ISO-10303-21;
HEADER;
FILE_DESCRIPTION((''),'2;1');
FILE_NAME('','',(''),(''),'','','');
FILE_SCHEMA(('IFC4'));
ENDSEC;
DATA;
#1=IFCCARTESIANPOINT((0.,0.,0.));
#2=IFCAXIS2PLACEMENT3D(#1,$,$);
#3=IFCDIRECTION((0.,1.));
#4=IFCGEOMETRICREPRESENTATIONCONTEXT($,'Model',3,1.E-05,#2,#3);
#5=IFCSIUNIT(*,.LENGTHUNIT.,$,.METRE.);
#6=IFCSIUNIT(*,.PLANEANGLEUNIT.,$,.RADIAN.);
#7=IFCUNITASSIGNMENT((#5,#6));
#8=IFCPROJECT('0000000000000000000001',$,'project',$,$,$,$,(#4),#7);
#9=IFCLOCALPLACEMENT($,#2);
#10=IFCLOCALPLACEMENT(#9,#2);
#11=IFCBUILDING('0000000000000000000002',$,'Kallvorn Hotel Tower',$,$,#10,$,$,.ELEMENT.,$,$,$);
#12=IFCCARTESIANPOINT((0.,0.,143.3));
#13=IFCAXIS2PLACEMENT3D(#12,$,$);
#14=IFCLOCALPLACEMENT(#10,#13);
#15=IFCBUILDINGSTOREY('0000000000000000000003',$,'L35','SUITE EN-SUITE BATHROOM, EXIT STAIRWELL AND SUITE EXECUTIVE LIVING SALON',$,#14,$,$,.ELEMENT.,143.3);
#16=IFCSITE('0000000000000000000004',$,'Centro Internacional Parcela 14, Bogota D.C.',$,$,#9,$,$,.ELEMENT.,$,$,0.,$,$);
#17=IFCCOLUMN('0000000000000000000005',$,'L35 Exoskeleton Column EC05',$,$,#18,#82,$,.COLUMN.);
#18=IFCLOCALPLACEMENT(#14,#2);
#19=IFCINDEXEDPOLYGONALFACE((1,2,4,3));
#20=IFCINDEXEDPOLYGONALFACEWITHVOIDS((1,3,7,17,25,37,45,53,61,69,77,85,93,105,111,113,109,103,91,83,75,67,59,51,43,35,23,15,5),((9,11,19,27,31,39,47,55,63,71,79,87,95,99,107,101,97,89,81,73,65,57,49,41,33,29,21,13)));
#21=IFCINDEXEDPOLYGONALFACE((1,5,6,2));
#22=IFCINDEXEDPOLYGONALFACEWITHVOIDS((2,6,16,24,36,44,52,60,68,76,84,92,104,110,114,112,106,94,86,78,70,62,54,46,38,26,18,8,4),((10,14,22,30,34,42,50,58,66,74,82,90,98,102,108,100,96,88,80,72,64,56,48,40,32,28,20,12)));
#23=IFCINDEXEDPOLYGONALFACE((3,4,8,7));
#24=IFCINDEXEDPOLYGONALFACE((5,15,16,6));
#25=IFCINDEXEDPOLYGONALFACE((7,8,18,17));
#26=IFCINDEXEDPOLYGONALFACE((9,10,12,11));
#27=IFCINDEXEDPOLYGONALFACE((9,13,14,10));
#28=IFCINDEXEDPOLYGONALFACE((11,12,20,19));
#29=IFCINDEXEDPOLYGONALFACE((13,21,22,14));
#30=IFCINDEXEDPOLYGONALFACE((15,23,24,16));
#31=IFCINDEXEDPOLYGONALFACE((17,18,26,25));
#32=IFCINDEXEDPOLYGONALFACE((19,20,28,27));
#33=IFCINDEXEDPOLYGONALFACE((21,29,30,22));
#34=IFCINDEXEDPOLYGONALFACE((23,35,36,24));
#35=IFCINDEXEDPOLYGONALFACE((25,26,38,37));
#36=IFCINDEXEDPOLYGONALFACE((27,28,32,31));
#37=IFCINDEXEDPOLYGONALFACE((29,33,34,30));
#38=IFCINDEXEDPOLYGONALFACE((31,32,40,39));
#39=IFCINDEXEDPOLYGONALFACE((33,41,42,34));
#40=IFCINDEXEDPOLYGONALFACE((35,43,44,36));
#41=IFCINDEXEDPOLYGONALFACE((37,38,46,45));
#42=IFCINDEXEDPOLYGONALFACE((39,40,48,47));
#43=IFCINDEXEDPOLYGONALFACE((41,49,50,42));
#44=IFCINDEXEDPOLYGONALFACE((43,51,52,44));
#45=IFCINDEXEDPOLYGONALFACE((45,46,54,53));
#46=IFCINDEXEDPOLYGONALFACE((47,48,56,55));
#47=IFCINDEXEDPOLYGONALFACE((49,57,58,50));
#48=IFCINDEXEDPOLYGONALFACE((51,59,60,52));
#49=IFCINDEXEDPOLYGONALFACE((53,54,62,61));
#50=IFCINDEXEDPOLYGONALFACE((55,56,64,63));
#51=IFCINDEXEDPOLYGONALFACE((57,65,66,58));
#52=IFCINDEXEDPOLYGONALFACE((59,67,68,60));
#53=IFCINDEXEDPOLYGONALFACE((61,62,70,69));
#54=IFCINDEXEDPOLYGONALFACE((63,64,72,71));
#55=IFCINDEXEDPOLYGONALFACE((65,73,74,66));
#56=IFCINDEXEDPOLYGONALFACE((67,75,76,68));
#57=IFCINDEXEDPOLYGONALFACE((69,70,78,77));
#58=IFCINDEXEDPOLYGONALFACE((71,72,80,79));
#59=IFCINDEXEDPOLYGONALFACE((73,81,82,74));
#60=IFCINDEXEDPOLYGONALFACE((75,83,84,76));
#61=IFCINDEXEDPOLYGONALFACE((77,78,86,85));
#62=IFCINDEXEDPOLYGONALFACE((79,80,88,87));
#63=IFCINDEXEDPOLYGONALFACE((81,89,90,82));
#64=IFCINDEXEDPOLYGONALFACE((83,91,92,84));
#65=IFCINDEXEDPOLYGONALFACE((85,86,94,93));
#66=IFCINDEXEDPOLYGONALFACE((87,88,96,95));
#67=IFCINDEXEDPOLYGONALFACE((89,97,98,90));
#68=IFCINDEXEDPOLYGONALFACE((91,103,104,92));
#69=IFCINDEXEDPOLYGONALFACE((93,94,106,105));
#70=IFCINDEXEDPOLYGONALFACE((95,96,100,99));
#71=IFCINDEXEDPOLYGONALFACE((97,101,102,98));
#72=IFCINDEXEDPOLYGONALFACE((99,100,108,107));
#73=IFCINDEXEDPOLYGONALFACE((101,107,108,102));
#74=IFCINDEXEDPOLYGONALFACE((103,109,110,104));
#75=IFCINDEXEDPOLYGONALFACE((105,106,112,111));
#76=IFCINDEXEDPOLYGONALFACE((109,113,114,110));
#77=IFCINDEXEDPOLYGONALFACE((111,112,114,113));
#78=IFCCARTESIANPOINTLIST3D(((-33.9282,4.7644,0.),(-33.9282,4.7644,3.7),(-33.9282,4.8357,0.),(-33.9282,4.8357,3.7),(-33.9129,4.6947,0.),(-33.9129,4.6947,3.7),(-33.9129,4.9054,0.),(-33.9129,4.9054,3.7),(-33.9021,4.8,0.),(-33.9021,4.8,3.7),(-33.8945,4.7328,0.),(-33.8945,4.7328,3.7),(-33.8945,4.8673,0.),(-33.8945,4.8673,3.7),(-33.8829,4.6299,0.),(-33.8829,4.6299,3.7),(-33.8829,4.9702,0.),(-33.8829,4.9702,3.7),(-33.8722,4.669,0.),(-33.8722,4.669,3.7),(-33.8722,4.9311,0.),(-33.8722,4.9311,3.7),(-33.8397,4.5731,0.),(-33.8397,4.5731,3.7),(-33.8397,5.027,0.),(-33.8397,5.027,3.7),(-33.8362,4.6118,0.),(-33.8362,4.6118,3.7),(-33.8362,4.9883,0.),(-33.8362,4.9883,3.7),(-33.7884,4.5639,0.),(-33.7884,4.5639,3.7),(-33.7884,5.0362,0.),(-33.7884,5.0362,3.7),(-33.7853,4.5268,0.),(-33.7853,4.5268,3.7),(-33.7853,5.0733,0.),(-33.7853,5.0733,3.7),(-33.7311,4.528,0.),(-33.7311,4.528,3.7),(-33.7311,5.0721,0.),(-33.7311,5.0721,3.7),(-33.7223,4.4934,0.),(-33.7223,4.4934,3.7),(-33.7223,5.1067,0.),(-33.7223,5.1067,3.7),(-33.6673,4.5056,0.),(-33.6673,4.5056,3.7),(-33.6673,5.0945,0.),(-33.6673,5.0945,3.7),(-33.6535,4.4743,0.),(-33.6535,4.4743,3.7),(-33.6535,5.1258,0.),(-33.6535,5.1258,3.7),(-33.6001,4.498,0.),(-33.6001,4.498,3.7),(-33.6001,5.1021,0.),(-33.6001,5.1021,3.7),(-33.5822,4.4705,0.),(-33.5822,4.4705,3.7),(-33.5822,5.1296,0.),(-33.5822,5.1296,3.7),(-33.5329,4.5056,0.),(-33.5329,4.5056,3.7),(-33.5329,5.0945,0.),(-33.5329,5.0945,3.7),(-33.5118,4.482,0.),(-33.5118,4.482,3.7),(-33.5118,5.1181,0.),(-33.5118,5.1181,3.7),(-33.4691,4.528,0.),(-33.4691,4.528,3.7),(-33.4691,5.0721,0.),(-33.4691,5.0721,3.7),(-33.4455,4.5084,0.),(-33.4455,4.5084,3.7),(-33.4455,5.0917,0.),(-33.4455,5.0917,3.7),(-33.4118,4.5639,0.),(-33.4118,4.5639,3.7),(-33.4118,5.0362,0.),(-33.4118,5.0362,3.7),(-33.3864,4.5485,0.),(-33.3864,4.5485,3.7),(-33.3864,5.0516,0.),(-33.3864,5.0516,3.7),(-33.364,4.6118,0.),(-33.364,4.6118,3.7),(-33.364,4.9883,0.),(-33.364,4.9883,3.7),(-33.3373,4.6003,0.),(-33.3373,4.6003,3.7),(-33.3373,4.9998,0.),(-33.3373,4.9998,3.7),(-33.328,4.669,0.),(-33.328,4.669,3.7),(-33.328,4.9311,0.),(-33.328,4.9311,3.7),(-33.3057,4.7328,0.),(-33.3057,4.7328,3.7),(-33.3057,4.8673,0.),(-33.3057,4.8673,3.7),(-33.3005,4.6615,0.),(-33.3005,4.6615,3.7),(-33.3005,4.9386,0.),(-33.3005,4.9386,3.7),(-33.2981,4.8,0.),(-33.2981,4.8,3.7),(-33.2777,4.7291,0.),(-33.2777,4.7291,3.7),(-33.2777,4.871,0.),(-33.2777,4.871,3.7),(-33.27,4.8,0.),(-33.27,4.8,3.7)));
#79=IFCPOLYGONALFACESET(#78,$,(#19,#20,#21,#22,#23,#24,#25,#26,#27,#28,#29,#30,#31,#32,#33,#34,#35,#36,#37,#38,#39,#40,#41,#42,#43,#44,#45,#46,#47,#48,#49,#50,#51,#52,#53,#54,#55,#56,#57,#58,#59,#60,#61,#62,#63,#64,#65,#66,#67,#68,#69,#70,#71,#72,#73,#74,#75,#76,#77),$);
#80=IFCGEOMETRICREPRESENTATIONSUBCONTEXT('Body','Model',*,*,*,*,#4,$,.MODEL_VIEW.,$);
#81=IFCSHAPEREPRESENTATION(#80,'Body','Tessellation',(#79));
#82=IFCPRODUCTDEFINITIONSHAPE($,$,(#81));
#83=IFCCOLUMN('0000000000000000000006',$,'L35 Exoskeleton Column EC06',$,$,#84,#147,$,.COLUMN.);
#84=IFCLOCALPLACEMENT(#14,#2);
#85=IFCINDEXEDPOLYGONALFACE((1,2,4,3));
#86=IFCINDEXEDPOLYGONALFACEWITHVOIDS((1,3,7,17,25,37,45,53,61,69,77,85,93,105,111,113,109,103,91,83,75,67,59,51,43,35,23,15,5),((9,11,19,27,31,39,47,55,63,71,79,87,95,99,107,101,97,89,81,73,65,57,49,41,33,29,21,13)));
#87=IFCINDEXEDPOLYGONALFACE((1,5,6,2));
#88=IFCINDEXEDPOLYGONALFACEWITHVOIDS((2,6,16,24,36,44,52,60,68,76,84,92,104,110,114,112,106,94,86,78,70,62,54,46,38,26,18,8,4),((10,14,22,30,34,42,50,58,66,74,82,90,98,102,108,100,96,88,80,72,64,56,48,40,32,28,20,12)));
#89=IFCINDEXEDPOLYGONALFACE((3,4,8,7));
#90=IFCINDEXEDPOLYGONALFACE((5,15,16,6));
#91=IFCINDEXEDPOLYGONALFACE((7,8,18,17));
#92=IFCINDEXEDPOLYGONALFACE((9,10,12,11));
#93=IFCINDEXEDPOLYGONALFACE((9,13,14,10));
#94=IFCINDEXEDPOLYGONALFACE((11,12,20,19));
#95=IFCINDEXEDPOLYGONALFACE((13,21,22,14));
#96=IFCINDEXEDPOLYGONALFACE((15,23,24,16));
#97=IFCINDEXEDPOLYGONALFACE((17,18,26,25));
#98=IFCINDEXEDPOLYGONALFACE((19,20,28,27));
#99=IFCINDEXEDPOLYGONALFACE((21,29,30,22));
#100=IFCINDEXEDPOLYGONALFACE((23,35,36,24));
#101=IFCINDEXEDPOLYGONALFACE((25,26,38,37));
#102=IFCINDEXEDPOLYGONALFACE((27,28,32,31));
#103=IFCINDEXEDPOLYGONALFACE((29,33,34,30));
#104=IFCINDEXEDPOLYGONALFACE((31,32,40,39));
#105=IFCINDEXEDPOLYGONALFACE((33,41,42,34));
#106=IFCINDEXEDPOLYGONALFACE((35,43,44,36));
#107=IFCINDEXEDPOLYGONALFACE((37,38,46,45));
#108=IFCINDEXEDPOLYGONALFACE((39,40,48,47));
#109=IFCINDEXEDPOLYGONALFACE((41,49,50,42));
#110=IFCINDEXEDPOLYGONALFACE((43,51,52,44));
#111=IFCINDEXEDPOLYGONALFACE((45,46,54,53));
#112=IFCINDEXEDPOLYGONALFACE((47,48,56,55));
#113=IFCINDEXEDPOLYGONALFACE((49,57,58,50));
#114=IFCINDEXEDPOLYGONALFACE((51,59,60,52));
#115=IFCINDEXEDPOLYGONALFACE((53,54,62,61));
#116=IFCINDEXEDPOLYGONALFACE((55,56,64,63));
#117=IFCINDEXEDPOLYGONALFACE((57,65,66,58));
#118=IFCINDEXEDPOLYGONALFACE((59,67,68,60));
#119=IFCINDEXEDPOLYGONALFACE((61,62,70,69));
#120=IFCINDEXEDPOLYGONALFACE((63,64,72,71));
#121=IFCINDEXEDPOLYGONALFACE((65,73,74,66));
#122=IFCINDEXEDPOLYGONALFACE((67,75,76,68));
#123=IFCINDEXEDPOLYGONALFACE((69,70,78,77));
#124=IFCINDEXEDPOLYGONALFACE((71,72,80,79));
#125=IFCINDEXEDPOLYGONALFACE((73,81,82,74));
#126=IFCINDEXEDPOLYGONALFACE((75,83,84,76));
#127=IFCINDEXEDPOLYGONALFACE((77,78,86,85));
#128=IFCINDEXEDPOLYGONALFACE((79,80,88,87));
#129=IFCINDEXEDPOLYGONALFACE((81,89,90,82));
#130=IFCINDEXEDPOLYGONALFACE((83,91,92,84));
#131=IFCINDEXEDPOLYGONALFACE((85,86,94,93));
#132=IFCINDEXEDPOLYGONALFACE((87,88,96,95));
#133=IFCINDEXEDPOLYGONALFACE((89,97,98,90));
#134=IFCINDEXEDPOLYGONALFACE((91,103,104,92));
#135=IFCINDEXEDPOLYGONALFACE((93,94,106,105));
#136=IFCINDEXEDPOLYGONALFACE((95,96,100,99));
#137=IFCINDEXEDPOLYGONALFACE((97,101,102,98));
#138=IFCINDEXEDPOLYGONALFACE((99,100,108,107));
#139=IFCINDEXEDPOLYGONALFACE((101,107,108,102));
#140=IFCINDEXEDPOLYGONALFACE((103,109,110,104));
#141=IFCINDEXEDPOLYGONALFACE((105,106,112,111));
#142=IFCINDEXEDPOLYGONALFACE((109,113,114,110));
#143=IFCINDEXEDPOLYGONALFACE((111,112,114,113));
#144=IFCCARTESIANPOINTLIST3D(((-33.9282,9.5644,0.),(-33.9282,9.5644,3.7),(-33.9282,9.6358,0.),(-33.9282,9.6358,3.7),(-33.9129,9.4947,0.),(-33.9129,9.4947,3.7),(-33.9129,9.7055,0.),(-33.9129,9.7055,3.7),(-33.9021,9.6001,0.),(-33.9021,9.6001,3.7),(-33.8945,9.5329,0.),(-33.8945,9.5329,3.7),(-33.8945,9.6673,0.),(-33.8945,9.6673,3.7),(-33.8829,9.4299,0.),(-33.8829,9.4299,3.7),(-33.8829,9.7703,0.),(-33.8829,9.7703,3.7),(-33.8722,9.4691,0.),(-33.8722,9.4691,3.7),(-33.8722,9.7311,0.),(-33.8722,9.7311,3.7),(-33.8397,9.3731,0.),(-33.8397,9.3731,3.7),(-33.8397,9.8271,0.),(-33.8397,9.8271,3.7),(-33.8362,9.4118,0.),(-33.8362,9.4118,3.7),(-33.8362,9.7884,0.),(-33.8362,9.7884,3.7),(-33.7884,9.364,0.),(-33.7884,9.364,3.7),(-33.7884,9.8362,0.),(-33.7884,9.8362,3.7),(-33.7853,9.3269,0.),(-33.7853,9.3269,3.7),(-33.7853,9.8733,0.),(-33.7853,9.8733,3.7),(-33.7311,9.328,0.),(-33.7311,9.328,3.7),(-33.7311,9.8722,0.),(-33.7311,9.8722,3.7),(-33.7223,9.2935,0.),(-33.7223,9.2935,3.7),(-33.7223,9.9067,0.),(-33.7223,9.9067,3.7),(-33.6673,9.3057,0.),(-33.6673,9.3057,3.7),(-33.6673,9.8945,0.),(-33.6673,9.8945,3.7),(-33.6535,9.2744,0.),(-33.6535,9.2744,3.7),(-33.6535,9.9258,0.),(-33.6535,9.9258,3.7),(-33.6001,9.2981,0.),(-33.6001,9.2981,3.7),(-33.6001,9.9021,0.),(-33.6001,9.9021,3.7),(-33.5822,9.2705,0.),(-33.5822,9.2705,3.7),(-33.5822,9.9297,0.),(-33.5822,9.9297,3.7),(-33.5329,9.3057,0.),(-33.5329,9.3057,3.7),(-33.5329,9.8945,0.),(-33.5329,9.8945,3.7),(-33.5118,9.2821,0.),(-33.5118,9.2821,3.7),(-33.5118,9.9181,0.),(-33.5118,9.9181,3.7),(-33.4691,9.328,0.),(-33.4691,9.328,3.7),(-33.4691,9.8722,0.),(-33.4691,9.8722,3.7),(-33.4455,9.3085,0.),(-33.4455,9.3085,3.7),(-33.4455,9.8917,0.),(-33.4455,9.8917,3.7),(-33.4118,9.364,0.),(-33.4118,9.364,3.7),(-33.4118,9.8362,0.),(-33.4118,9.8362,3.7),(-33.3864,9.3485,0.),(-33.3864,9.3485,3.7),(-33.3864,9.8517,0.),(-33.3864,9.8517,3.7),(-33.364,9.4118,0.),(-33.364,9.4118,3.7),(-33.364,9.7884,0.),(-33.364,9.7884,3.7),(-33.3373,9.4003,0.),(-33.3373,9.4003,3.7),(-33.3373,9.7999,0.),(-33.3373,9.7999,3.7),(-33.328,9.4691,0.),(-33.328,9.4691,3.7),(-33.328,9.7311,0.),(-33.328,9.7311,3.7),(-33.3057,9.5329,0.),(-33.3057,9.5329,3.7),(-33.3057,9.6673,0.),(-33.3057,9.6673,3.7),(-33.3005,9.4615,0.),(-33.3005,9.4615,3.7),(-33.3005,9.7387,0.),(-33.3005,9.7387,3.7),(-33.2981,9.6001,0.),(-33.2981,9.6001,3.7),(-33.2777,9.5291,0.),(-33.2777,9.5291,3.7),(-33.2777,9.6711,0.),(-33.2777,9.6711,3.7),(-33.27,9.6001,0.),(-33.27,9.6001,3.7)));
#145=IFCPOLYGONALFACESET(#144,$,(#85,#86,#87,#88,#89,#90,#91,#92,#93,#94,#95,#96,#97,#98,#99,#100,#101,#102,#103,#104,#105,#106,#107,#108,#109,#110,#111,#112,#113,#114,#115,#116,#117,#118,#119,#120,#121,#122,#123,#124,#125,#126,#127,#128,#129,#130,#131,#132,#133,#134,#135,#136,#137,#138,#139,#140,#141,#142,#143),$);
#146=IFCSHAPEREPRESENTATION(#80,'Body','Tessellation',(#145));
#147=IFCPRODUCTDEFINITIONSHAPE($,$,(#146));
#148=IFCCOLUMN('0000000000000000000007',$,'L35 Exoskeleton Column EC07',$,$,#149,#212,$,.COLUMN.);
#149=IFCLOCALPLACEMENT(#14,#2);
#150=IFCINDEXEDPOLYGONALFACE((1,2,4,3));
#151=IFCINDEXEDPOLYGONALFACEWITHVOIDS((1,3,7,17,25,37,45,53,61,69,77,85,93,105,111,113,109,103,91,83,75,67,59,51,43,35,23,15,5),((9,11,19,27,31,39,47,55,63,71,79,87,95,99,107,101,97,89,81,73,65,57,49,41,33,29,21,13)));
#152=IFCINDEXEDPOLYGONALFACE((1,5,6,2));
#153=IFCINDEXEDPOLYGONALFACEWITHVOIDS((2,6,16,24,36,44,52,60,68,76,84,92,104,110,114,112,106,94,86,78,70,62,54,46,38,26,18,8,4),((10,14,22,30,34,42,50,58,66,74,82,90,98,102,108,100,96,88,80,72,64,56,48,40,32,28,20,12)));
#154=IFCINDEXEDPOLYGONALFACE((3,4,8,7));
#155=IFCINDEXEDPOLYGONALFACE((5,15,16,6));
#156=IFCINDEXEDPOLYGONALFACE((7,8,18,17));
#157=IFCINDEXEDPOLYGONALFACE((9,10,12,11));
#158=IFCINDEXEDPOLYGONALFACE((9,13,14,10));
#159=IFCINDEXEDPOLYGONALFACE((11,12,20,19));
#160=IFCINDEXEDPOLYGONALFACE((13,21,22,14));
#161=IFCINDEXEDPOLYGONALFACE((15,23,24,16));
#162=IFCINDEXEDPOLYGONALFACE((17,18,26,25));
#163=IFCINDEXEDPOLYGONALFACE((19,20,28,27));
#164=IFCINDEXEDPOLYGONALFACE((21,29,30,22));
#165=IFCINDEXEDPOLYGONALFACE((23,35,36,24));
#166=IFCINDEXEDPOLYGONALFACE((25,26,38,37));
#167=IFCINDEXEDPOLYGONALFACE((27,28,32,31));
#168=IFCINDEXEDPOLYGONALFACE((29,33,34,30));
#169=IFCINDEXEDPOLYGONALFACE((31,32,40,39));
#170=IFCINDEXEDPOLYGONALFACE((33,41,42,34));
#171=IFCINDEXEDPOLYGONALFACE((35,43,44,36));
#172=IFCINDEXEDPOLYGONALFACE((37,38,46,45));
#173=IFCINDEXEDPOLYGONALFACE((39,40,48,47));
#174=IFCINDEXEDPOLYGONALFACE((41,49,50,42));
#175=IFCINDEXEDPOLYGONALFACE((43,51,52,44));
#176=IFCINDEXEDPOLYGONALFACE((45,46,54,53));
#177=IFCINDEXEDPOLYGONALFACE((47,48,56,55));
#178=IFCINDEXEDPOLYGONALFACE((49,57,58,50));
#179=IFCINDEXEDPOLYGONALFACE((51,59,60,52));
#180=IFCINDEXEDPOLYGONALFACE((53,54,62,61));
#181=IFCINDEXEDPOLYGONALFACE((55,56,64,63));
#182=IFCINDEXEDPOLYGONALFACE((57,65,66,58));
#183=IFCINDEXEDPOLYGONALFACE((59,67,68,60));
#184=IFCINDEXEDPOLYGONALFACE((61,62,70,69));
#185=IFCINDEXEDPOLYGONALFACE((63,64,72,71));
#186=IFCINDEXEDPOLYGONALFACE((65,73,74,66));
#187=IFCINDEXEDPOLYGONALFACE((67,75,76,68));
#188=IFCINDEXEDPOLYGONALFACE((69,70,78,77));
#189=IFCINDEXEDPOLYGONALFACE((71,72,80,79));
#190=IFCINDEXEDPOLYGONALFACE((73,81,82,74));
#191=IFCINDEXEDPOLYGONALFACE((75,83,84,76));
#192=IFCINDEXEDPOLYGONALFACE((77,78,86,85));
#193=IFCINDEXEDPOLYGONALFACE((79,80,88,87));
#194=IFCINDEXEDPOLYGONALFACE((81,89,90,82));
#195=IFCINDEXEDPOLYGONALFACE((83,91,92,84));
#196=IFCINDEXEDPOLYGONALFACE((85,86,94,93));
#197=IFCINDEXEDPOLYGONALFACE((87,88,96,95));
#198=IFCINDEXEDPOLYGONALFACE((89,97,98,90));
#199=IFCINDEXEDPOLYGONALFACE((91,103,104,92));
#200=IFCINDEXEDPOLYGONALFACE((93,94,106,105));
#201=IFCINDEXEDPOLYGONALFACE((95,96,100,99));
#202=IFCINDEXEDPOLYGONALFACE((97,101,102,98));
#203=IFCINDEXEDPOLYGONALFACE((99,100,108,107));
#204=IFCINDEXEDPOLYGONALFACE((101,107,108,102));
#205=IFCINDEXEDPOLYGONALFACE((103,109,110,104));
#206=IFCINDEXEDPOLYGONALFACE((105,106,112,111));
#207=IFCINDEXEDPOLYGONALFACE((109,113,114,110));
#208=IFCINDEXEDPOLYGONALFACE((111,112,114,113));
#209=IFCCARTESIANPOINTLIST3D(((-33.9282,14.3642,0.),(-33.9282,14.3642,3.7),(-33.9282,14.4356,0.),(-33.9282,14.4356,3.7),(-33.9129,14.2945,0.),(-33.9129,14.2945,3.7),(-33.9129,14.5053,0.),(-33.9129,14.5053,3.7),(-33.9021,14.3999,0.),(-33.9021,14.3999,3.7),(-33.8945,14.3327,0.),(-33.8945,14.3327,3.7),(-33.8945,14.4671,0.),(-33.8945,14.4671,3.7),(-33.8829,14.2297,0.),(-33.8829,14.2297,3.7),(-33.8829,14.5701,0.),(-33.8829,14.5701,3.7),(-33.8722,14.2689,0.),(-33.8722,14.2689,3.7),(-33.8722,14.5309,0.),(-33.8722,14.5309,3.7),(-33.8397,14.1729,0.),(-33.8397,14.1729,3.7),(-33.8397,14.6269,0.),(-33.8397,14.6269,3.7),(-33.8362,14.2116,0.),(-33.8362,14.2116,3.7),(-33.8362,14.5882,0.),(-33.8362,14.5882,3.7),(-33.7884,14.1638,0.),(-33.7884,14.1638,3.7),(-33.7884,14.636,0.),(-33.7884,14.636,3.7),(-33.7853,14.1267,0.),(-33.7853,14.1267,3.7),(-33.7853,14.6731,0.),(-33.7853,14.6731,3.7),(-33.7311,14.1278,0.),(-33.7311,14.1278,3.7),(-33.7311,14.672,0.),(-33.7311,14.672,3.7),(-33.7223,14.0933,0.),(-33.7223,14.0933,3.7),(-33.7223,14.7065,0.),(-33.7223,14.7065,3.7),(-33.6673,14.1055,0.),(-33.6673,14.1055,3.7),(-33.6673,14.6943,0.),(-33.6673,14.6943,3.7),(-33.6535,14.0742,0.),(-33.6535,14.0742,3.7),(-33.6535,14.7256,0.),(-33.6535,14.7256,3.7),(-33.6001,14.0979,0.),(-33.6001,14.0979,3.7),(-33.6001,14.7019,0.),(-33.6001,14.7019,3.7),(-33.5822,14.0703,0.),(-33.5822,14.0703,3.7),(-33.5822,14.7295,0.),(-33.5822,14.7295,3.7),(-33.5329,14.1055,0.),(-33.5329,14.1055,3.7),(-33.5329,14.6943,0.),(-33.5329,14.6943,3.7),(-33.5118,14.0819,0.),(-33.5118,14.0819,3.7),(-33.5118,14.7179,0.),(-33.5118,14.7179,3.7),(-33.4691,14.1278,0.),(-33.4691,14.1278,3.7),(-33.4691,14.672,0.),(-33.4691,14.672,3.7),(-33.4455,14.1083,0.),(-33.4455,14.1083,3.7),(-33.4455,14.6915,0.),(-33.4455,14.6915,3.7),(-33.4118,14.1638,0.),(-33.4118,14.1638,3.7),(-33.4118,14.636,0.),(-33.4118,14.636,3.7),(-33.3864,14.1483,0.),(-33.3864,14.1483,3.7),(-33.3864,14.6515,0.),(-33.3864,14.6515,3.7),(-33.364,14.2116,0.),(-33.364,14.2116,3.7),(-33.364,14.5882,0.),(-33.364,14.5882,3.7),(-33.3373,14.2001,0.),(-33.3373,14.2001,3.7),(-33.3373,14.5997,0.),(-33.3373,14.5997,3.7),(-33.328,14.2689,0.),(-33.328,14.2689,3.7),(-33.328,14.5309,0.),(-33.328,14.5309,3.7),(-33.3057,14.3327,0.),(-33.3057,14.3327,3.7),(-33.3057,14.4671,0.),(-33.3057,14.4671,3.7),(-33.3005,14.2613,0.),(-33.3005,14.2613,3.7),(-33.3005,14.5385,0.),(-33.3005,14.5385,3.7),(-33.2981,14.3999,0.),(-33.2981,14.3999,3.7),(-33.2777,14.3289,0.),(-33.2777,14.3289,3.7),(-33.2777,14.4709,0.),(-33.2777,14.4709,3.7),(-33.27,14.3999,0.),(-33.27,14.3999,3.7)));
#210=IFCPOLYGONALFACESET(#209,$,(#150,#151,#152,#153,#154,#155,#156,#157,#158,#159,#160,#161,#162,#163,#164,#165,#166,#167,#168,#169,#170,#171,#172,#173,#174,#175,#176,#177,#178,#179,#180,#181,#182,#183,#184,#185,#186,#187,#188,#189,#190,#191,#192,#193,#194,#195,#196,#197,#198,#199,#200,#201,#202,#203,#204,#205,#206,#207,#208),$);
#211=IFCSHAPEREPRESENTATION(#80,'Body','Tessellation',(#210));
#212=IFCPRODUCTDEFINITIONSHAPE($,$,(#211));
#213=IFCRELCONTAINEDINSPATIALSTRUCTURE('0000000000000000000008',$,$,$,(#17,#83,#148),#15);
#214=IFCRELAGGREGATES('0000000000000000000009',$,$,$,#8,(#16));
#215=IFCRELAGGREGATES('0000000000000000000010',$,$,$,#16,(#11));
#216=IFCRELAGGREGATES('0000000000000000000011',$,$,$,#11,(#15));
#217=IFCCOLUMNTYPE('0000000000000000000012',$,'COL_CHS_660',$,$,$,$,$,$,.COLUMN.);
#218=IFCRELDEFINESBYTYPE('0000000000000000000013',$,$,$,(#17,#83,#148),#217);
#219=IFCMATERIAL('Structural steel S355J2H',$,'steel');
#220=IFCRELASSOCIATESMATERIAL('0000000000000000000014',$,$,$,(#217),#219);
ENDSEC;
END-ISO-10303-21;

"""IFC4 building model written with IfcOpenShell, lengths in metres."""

from ifc_helpers import new_model, si_unit, direction, frame, origin, origin_2d, place, context, subcontext, project, spatial, hollow_circle, extrude, material, material_profile, profile_set, type_object, element, save


model = new_model("IFC4")

# Units and contexts
model_context = context("Model", 3, precision=1e-05, world=origin(), true_north=direction((0.0, 1.0)))
body_context = subcontext(model_context, "Body", "Model", "MODEL_VIEW")
ifc_project = project(units=[si_unit("LENGTHUNIT", "METRE"), si_unit("PLANEANGLEUNIT", "RADIAN")], contexts=[model_context])

# Site, building, storey
site_placement = place(None, origin())
site = spatial("IfcSite", under=ifc_project, at=site_placement, Name="Centro Internacional Parcela 14, Bogota D.C.", CompositionType="ELEMENT", RefElevation=0.0)
building_placement = place(site_placement, origin())
building = spatial("IfcBuilding", under=site, at=building_placement, Name="Kallvorn Hotel Tower", CompositionType="ELEMENT")
storey_placement = place(building_placement, frame((0.0, 0.0, 143.3)))
storey = spatial("IfcBuildingStorey", under=building, at=storey_placement, Name="L35", Description="SUITE EN-SUITE BATHROOM, EXIT STAIRWELL AND SUITE EXECUTIVE LIVING SALON", CompositionType="ELEMENT", Elevation=143.3)

# Columns
ifc_material_1 = material(Name="Structural steel S355J2H", Category="steel")
ifc_material_profile_1 = material_profile(ifc_material_1, hollow_circle(Radius=0.3301, WallThickness=0.0281, at=origin_2d()), Name="CHS 660x28")
ifc_profile_set_1 = profile_set([ifc_material_profile_1], Name="Structural steel S355J2H")
column_type_1 = type_object("IfcColumnType", Name="COL_CHS_660", PredefinedType="COLUMN", material=ifc_profile_set_1)
for number, where, z_axis, x_axis, name in (
    (1, (-33.6001, 4.8, 0.0), (0.0, 0.0, 1.0), (1.0, 0.0, 0.0), "L35 Exoskeleton Column EC05"),
    (2, (-33.6001, 9.6001, 0.0), (0.0, 0.0, 1.0), (1.0, 0.0, 0.0), "L35 Exoskeleton Column EC06"),
    (3, (-33.6001, 14.3999, 0.0), (0.0, 0.0, 1.0), (1.0, 0.0, 0.0), "L35 Exoskeleton Column EC07"),
):
    element("IfcColumn", number, at=place(storey_placement, frame(where, z_axis=z_axis, x_axis=x_axis)), inside=storey, type_object=column_type_1, Name=name, PredefinedType="COLUMN", context=body_context, shape_type="SweptSolid", body=[
        extrude(hollow_circle(Radius=0.3301, WallThickness=0.0281, at=origin_2d()), origin(), (0.0, 0.0, 1.0), 3.7),
    ])

save(model, "model.ifc")
